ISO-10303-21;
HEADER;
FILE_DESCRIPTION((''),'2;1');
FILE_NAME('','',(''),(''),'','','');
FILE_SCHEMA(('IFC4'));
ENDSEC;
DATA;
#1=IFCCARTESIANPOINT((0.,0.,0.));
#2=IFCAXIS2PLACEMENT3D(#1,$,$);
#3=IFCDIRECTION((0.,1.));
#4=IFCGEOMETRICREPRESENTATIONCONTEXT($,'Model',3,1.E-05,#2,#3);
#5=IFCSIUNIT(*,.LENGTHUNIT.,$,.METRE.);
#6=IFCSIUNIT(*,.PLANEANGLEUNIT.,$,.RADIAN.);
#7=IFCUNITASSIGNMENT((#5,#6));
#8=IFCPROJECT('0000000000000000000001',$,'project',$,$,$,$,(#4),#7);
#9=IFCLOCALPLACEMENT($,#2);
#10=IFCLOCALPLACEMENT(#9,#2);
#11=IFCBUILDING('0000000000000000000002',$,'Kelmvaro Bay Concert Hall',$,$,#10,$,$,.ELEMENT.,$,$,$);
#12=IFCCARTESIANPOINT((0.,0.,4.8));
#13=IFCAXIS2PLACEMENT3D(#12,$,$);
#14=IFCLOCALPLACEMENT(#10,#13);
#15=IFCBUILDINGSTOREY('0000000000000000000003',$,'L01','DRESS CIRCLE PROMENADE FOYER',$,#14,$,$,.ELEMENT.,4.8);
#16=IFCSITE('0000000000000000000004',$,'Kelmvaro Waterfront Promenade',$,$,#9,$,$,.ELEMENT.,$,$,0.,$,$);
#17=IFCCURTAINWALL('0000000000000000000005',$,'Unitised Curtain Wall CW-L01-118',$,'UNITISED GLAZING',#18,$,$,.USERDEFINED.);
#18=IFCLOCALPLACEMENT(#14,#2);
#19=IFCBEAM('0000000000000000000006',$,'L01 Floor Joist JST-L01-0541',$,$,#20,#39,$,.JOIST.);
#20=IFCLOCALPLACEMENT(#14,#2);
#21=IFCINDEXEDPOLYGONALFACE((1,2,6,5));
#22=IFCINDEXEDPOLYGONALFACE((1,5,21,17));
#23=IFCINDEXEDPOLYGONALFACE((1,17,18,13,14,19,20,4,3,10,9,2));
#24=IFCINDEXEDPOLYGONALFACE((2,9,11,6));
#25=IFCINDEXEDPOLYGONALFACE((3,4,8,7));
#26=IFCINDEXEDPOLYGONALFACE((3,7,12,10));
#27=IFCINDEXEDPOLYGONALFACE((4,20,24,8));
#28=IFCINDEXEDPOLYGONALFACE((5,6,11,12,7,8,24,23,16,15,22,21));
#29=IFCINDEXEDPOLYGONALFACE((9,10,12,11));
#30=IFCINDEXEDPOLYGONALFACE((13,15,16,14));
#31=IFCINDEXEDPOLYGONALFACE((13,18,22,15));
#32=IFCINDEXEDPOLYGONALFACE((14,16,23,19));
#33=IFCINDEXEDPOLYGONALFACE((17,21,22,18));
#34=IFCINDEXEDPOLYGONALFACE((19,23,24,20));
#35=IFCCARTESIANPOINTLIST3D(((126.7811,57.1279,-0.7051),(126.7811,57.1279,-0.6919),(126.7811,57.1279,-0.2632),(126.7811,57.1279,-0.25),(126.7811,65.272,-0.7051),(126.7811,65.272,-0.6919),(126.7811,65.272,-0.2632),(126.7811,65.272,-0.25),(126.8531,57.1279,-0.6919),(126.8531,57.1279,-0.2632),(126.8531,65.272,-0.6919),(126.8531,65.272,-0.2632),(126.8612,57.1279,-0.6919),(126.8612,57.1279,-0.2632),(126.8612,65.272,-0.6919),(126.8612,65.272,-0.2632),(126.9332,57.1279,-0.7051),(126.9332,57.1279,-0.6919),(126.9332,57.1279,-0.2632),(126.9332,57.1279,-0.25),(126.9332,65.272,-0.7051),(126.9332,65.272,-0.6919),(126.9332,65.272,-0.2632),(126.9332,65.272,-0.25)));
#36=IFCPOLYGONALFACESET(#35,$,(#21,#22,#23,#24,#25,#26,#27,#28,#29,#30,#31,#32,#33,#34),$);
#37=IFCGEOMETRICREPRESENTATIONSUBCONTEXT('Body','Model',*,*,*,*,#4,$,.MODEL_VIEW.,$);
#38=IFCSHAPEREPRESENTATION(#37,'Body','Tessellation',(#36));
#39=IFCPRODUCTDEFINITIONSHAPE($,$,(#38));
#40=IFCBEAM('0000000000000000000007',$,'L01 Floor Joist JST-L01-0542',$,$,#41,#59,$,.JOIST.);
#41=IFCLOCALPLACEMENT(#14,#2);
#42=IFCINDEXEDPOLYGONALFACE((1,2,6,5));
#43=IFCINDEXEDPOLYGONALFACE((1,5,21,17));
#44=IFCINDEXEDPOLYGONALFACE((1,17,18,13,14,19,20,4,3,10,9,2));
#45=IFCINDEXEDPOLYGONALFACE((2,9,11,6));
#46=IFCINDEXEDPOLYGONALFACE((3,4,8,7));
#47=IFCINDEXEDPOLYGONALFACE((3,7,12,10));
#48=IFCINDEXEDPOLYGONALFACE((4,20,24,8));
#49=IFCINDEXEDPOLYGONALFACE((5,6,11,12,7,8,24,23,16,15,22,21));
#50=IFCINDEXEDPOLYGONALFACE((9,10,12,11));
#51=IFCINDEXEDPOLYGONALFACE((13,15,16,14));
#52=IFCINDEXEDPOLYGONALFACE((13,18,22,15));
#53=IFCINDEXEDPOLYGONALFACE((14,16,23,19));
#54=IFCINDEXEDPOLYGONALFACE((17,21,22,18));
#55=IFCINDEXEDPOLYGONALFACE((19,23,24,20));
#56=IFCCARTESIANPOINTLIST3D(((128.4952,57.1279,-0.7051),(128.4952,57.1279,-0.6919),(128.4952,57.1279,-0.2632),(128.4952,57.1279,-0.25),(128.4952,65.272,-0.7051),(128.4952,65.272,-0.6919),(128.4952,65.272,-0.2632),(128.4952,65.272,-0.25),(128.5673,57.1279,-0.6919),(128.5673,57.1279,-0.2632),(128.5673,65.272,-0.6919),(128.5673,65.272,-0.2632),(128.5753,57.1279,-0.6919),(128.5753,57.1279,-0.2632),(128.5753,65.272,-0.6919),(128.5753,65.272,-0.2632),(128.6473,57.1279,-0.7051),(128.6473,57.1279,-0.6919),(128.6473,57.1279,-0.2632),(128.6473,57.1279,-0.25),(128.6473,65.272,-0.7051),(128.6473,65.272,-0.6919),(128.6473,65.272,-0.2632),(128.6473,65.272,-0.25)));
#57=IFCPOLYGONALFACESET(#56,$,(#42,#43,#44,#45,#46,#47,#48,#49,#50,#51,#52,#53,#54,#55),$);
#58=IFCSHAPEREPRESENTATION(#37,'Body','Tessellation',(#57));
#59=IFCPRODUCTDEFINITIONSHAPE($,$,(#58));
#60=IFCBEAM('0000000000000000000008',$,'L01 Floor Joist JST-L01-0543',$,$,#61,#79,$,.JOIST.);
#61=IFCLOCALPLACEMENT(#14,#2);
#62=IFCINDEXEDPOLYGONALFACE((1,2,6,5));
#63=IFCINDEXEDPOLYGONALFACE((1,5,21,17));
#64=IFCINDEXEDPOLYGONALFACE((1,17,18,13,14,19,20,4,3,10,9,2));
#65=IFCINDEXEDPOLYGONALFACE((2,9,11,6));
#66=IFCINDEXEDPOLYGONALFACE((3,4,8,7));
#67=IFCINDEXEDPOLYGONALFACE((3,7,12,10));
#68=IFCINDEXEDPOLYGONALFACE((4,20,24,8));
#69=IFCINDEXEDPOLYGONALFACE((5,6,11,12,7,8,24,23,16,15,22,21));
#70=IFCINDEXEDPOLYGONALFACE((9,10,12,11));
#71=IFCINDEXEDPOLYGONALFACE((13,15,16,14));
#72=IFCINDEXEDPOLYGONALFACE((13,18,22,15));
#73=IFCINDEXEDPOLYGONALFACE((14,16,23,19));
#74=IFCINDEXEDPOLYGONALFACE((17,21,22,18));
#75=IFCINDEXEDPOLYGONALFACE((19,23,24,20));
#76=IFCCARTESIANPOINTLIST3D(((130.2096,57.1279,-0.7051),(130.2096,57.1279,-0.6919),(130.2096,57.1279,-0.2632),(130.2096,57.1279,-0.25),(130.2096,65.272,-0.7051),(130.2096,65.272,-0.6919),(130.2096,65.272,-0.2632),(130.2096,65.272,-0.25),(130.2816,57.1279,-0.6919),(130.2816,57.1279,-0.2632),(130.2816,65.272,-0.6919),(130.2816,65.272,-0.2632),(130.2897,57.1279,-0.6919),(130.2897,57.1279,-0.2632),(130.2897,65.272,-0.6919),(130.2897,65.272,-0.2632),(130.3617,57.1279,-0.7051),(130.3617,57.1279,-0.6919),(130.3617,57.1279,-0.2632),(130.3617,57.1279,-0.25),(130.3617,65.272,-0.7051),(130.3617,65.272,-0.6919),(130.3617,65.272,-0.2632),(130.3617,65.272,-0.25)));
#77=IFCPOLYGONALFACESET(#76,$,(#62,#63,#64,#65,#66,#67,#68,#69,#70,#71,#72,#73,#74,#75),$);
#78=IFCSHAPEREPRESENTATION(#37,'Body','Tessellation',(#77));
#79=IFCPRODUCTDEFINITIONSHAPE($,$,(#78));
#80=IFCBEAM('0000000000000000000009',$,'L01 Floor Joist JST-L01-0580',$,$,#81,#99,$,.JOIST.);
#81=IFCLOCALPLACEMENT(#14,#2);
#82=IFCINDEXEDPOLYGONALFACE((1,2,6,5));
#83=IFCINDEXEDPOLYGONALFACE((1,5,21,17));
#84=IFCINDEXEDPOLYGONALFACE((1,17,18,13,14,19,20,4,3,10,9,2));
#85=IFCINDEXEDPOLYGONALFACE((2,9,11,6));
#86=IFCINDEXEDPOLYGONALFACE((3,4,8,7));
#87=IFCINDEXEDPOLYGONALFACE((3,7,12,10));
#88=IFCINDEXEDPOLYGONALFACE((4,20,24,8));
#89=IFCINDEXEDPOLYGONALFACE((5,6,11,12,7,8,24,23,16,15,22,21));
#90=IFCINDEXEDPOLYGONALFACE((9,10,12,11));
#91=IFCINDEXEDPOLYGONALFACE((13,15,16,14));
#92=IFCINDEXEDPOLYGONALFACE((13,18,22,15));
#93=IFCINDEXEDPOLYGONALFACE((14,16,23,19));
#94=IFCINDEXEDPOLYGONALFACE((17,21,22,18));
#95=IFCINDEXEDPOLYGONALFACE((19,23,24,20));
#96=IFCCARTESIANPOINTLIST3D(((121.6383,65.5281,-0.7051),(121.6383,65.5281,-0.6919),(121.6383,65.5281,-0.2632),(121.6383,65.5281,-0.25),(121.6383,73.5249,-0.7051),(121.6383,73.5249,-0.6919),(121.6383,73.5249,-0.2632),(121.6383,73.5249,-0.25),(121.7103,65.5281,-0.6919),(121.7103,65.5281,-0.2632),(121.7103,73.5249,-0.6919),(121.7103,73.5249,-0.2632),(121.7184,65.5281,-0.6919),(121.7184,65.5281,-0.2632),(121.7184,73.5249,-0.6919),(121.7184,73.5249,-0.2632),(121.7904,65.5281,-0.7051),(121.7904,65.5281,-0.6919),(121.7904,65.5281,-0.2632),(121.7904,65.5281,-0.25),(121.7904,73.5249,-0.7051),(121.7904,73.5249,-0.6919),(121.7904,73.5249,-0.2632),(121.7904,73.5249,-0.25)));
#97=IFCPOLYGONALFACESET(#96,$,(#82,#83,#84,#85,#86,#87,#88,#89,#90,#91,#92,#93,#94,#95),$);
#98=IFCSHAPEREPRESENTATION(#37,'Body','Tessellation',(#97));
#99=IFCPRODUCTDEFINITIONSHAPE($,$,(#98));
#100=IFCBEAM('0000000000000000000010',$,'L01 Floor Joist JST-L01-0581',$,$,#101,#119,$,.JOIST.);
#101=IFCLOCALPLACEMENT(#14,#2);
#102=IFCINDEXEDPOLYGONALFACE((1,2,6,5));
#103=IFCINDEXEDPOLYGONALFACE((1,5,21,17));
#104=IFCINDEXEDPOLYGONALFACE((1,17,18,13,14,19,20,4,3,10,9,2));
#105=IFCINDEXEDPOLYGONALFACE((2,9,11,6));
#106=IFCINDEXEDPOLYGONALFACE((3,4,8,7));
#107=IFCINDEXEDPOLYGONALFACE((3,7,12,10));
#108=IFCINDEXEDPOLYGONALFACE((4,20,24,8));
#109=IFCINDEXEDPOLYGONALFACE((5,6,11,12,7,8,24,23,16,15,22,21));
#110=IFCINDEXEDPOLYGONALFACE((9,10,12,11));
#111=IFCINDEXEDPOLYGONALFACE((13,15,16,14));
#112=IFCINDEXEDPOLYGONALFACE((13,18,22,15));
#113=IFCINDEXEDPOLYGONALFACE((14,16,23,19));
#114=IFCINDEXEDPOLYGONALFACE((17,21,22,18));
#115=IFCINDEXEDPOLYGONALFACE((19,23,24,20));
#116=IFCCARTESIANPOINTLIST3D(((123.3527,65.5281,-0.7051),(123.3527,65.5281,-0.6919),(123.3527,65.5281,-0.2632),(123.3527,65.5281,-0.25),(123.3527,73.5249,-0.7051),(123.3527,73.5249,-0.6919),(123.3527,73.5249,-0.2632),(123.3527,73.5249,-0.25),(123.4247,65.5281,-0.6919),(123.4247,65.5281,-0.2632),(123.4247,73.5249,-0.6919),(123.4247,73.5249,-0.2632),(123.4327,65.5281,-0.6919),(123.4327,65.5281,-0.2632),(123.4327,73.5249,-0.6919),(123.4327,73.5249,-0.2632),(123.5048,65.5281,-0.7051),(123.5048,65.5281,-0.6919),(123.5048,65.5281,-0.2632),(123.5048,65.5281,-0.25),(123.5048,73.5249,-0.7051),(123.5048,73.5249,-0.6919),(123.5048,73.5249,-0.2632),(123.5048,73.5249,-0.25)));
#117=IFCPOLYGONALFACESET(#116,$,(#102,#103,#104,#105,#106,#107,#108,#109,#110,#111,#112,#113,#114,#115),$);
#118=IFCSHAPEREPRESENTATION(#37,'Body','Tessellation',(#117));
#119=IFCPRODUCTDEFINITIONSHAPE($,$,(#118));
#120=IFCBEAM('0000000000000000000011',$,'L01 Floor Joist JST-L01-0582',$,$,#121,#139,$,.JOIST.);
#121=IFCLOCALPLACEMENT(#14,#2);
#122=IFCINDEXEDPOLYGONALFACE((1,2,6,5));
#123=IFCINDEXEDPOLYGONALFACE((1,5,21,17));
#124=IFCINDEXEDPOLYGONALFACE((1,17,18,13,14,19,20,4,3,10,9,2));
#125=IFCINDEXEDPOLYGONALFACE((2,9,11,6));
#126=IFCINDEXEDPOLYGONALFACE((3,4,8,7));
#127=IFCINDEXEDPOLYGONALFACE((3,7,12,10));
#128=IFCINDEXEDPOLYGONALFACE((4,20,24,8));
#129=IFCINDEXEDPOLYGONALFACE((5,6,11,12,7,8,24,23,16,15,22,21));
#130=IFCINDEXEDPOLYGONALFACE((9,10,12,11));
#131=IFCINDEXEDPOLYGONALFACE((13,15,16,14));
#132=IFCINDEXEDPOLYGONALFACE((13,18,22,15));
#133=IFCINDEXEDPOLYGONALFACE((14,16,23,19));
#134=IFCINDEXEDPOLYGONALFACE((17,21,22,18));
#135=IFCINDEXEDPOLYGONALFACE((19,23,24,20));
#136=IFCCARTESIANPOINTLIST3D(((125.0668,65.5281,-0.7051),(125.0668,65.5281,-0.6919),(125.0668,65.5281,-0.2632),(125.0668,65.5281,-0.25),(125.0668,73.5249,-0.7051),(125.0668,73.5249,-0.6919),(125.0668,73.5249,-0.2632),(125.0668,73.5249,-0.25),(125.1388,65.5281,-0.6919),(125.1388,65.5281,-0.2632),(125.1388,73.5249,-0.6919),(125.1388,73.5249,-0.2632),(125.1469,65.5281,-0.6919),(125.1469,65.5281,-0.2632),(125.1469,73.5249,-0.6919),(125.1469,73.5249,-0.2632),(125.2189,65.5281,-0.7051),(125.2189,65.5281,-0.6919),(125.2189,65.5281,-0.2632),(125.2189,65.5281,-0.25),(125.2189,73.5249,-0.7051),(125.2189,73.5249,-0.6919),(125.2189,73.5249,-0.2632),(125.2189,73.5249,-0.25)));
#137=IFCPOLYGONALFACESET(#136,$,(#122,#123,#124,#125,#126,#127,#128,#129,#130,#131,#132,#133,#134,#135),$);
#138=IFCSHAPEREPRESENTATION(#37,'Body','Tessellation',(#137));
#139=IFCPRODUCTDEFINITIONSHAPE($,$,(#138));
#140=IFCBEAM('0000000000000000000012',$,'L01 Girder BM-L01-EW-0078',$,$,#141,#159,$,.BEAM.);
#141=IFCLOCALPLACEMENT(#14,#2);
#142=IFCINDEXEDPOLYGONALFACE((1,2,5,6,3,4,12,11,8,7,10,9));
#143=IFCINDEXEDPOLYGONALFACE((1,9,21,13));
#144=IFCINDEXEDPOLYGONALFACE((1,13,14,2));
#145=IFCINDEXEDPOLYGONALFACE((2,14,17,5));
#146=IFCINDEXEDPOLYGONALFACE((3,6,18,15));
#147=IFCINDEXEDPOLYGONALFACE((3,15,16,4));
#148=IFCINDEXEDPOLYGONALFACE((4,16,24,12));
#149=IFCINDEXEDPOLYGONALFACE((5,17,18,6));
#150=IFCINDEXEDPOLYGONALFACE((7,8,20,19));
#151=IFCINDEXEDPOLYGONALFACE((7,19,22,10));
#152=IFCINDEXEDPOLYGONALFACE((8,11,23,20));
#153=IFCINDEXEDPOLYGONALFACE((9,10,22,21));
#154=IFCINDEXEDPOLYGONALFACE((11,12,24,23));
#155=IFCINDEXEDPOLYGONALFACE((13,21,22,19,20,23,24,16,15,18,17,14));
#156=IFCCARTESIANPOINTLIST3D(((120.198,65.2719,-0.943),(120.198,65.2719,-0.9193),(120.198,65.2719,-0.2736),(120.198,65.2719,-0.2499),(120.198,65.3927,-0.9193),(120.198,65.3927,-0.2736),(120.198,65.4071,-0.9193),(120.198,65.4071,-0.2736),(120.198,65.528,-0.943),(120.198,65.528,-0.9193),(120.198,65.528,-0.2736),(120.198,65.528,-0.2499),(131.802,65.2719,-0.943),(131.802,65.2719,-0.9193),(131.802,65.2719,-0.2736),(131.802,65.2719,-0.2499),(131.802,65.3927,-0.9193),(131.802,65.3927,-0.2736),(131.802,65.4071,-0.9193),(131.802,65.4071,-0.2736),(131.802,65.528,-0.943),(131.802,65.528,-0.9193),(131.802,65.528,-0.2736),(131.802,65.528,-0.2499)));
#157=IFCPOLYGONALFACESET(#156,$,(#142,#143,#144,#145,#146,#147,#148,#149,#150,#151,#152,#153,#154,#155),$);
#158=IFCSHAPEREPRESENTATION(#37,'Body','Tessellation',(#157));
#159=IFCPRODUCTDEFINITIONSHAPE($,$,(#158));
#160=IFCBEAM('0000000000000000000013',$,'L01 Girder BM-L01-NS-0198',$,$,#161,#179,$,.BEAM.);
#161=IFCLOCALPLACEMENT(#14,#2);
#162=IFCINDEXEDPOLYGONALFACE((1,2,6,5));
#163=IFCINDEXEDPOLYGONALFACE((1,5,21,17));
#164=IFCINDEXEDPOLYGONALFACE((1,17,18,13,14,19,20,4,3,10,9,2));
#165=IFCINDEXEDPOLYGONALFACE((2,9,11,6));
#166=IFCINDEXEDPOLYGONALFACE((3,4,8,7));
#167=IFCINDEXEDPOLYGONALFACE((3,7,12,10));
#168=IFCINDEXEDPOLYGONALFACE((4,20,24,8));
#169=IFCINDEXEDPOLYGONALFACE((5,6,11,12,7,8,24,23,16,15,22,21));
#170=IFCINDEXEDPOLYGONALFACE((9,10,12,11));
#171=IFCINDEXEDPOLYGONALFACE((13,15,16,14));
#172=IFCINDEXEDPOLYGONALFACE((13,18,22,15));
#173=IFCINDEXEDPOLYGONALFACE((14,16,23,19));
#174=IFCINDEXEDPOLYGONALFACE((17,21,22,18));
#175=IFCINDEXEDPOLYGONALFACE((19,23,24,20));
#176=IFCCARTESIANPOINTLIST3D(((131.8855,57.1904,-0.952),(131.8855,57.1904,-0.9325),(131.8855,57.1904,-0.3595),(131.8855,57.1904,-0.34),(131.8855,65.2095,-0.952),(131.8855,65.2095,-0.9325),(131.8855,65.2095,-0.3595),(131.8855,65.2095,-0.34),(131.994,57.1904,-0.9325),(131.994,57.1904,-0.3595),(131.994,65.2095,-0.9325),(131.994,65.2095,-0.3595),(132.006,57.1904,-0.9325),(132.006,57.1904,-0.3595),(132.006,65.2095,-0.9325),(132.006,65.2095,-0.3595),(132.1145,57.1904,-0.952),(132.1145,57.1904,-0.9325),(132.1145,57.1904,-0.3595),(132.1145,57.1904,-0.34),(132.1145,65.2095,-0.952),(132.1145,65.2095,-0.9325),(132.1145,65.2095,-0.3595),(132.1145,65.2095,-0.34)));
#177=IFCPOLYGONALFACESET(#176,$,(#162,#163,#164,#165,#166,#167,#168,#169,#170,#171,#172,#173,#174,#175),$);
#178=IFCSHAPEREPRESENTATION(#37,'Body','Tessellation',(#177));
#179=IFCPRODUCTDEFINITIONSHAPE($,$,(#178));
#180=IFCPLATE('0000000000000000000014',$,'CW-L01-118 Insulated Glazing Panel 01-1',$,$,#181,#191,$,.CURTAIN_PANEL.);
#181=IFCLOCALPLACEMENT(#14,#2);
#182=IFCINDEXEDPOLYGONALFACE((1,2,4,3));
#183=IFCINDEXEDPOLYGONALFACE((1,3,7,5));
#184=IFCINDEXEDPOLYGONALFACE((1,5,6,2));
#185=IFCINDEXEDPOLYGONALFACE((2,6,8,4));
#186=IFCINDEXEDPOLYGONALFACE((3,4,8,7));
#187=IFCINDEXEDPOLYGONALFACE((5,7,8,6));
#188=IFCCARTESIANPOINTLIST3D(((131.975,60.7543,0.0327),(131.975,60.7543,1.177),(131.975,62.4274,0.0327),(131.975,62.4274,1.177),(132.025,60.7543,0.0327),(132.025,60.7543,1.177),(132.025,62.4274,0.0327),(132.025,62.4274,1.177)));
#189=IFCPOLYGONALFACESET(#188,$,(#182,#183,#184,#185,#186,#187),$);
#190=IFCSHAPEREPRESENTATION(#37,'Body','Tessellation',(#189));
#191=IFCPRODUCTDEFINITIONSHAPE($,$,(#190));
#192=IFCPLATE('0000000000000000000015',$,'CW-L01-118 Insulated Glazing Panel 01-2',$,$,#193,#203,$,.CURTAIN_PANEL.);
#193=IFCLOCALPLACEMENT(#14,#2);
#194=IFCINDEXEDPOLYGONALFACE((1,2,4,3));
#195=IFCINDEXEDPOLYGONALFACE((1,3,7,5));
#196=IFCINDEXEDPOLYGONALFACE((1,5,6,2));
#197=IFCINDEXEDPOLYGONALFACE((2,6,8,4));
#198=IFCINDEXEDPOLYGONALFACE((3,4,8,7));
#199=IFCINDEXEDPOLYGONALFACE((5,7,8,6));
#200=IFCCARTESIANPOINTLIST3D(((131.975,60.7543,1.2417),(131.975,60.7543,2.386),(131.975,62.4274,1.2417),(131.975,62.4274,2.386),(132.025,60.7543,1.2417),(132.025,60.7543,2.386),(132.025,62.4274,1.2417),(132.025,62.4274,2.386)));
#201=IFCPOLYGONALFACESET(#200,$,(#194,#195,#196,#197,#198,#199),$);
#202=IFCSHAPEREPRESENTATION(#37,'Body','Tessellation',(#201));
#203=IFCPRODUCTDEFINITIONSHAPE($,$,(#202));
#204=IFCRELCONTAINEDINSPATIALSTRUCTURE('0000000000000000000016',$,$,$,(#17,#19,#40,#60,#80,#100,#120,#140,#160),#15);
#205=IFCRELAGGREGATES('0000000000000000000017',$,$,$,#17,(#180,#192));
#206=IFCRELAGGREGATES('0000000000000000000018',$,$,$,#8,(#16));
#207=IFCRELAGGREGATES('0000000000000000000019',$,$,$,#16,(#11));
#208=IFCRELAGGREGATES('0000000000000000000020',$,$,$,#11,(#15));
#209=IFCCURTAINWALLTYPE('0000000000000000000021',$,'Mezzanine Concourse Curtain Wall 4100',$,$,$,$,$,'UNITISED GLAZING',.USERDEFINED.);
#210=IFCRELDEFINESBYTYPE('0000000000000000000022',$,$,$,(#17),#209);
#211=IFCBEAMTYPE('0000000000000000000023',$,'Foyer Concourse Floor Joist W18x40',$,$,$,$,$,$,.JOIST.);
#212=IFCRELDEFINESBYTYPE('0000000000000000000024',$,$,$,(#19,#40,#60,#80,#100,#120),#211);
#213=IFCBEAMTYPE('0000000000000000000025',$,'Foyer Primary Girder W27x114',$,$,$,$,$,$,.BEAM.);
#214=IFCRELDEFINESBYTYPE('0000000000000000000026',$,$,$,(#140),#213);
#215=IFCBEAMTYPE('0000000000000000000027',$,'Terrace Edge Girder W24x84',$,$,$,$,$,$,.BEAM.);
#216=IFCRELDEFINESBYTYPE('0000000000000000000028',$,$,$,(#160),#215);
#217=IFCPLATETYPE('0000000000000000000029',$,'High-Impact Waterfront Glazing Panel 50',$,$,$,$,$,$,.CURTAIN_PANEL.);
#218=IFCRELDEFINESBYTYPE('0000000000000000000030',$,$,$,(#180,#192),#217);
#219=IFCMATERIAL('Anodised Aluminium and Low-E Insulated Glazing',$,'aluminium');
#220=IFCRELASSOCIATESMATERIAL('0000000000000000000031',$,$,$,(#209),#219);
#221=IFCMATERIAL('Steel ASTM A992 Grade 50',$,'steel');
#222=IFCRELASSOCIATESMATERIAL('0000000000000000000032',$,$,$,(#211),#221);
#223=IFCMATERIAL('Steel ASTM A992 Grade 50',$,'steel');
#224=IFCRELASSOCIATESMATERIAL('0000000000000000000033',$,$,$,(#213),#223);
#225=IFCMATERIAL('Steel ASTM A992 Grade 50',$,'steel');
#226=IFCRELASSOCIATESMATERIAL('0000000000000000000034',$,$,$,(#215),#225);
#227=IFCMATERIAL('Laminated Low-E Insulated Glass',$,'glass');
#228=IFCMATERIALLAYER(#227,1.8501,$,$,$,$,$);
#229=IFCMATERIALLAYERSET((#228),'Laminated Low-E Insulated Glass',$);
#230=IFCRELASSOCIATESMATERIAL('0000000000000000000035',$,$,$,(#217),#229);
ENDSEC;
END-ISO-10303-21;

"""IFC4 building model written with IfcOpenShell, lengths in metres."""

from ifc_helpers import new_model, si_unit, direction, frame, origin, origin_2d, place, context, subcontext, project, spatial, rectangle, i_section, extrude, material, layer, layer_set, material_profile, profile_set, type_object, element, aggregate, save


model = new_model("IFC4")

# Units and contexts
model_context = context("Model", 3, precision=1e-05, world=origin(), true_north=direction((0.0, 1.0)))
body_context = subcontext(model_context, "Body", "Model", "MODEL_VIEW")
ifc_project = project(units=[si_unit("LENGTHUNIT", "METRE"), si_unit("PLANEANGLEUNIT", "RADIAN")], contexts=[model_context])

# Site, building, storey
site_placement = place(None, origin())
site = spatial("IfcSite", under=ifc_project, at=site_placement, Name="Kelmvaro Waterfront Promenade", CompositionType="ELEMENT", RefElevation=0.0)
building_placement = place(site_placement, origin())
building = spatial("IfcBuilding", under=site, at=building_placement, Name="Kelmvaro Bay Concert Hall", CompositionType="ELEMENT")
storey_placement = place(building_placement, frame((0.0, 0.0, 4.8)))
storey = spatial("IfcBuildingStorey", under=building, at=storey_placement, Name="L01", Description="DRESS CIRCLE PROMENADE FOYER", CompositionType="ELEMENT", Elevation=4.8)

# Curtain wall
ifc_material_1 = material(Name="Anodised Aluminium and Low-E Insulated Glazing", Category="aluminium")
curtain_wall_type = type_object("IfcCurtainWallType", Name="Mezzanine Concourse Curtain Wall 4100", ElementType="UNITISED GLAZING", PredefinedType="USERDEFINED", material=ifc_material_1)
curtain_wall_1_placement = place(storey_placement, origin())
curtain_wall_1 = element("IfcCurtainWall", 1, at=curtain_wall_1_placement, inside=storey, type_object=curtain_wall_type, Name="Unitised Curtain Wall CW-L01-118", ObjectType="UNITISED GLAZING", PredefinedType="USERDEFINED")

# Beams
ifc_material_2 = material(Name="Steel ASTM A992 Grade 50", Category="steel")
ifc_material_profile_1 = material_profile(ifc_material_2, i_section(OverallWidth=0.1521, OverallDepth=0.4551, WebThickness=0.0081, FlangeThickness=0.0132, at=origin_2d()), Name="W18X40")
ifc_profile_set_1 = profile_set([ifc_material_profile_1], Name="Steel ASTM A992 Grade 50")
beam_type_1 = type_object("IfcBeamType", Name="Foyer Concourse Floor Joist W18x40", PredefinedType="JOIST", material=ifc_profile_set_1)
for number, where, z_axis, x_axis, name in (
    (2, (126.8572, 57.1279, -0.4775), (0.0, 1.0, 0.0), (-1.0, 0.0, 0.0), "L01 Floor Joist JST-L01-0541"),
    (3, (128.5713, 57.1279, -0.4775), (0.0, 1.0, 0.0), (-1.0, 0.0, 0.0), "L01 Floor Joist JST-L01-0542"),
    (4, (130.2856, 57.1279, -0.4775), (0.0, 1.0, 0.0), (-1.0, 0.0, 0.0), "L01 Floor Joist JST-L01-0543"),
):
    element("IfcBeam", number, at=place(storey_placement, frame(where, z_axis=z_axis, x_axis=x_axis)), inside=storey, type_object=beam_type_1, Name=name, PredefinedType="JOIST", context=body_context, shape_type="SweptSolid", body=[
        extrude(i_section(OverallWidth=0.1521, OverallDepth=0.4551, WebThickness=0.0081, FlangeThickness=0.0132, at=origin_2d()), origin(), (0.0, 0.0, 1.0), 8.144),
    ])
for number, where, z_axis, x_axis, name in (
    (5, (121.7144, 65.5281, -0.4775), (0.0, 1.0, 0.0), (-1.0, 0.0, 0.0), "L01 Floor Joist JST-L01-0580"),
    (6, (123.4287, 65.5281, -0.4775), (0.0, 1.0, 0.0), (-1.0, 0.0, 0.0), "L01 Floor Joist JST-L01-0581"),
    (7, (125.1428, 65.5281, -0.4775), (0.0, 1.0, 0.0), (-1.0, 0.0, 0.0), "L01 Floor Joist JST-L01-0582"),
):
    element("IfcBeam", number, at=place(storey_placement, frame(where, z_axis=z_axis, x_axis=x_axis)), inside=storey, type_object=beam_type_1, Name=name, PredefinedType="JOIST", context=body_context, shape_type="SweptSolid", body=[
        extrude(i_section(OverallWidth=0.1521, OverallDepth=0.4551, WebThickness=0.0081, FlangeThickness=0.0132, at=origin_2d()), origin(), (0.0, 0.0, 1.0), 7.9968),
    ])
ifc_material_3 = material(Name="Steel ASTM A992 Grade 50", Category="steel")
ifc_material_profile_2 = material_profile(ifc_material_3, i_section(OverallWidth=0.2561, OverallDepth=0.6931, WebThickness=0.0144, FlangeThickness=0.0237, at=origin_2d()), Name="W27X114")
ifc_profile_set_2 = profile_set([ifc_material_profile_2], Name="Steel ASTM A992 Grade 50")
beam_type_2 = type_object("IfcBeamType", Name="Foyer Primary Girder W27x114", PredefinedType="BEAM", material=ifc_profile_set_2)
beam_1_placement = place(storey_placement, frame((120.198, 65.3999, -0.5964), z_axis=(1.0, 0.0, 0.0), x_axis=(0.0, 1.0, 0.0)))
element("IfcBeam", 8, at=beam_1_placement, inside=storey, type_object=beam_type_2, Name="L01 Girder BM-L01-EW-0078", PredefinedType="BEAM", context=body_context, shape_type="SweptSolid", body=[
    extrude(i_section(OverallWidth=0.2561, OverallDepth=0.6931, WebThickness=0.0144, FlangeThickness=0.0237, at=origin_2d()), origin(), (0.0, 0.0, 1.0), 11.604),
])
ifc_material_4 = material(Name="Steel ASTM A992 Grade 50", Category="steel")
ifc_material_profile_3 = material_profile(ifc_material_4, i_section(OverallWidth=0.229, OverallDepth=0.6121, WebThickness=0.012, FlangeThickness=0.0195, at=origin_2d()), Name="W24X84")
ifc_profile_set_3 = profile_set([ifc_material_profile_3], Name="Steel ASTM A992 Grade 50")
beam_type_3 = type_object("IfcBeamType", Name="Terrace Edge Girder W24x84", PredefinedType="BEAM", material=ifc_profile_set_3)
beam_2_placement = place(storey_placement, frame((132.0, 57.1904, -0.646), z_axis=(0.0, 1.0, 0.0), x_axis=(-1.0, 0.0, 0.0)))
element("IfcBeam", 9, at=beam_2_placement, inside=storey, type_object=beam_type_3, Name="L01 Girder BM-L01-NS-0198", PredefinedType="BEAM", context=body_context, shape_type="SweptSolid", body=[
    extrude(i_section(OverallWidth=0.229, OverallDepth=0.6121, WebThickness=0.012, FlangeThickness=0.0195, at=origin_2d()), origin(), (0.0, 0.0, 1.0), 8.019),
])

# Plates
ifc_material_5 = material(Name="Laminated Low-E Insulated Glass", Category="glass")
ifc_layer = layer(ifc_material_5, 1.8501)
ifc_layer_set = layer_set([ifc_layer], Name="Laminated Low-E Insulated Glass")
plate_type = type_object("IfcPlateType", Name="High-Impact Waterfront Glazing Panel 50", PredefinedType="CURTAIN_PANEL", material=ifc_layer_set)
plate_1_placement = place(storey_placement, frame((132.0, 61.5908, 0.0327), z_axis=(0.0, 0.0, 1.0), x_axis=(0.0, -1.0, 0.0)))
plate_1 = element("IfcPlate", 10, at=plate_1_placement, type_object=plate_type, Name="CW-L01-118 Insulated Glazing Panel 01-1", PredefinedType="CURTAIN_PANEL", context=body_context, shape_type="SweptSolid", body=[
    extrude(rectangle(XDim=1.6731, YDim=0.05, at=origin_2d()), origin(), (0.0, 0.0, 1.0), 1.1443),
])
plate_2_placement = place(storey_placement, frame((132.0, 61.5908, 1.2417), z_axis=(0.0, 0.0, 1.0), x_axis=(0.0, -1.0, 0.0)))
plate_2 = element("IfcPlate", 11, at=plate_2_placement, type_object=plate_type, Name="CW-L01-118 Insulated Glazing Panel 01-2", PredefinedType="CURTAIN_PANEL", context=body_context, shape_type="SweptSolid", body=[
    extrude(rectangle(XDim=1.6731, YDim=0.05, at=origin_2d()), origin(), (0.0, 0.0, 1.0), 1.1443),
])
aggregate(curtain_wall_1, [plate_1, plate_2])

save(model, "model.ifc")
